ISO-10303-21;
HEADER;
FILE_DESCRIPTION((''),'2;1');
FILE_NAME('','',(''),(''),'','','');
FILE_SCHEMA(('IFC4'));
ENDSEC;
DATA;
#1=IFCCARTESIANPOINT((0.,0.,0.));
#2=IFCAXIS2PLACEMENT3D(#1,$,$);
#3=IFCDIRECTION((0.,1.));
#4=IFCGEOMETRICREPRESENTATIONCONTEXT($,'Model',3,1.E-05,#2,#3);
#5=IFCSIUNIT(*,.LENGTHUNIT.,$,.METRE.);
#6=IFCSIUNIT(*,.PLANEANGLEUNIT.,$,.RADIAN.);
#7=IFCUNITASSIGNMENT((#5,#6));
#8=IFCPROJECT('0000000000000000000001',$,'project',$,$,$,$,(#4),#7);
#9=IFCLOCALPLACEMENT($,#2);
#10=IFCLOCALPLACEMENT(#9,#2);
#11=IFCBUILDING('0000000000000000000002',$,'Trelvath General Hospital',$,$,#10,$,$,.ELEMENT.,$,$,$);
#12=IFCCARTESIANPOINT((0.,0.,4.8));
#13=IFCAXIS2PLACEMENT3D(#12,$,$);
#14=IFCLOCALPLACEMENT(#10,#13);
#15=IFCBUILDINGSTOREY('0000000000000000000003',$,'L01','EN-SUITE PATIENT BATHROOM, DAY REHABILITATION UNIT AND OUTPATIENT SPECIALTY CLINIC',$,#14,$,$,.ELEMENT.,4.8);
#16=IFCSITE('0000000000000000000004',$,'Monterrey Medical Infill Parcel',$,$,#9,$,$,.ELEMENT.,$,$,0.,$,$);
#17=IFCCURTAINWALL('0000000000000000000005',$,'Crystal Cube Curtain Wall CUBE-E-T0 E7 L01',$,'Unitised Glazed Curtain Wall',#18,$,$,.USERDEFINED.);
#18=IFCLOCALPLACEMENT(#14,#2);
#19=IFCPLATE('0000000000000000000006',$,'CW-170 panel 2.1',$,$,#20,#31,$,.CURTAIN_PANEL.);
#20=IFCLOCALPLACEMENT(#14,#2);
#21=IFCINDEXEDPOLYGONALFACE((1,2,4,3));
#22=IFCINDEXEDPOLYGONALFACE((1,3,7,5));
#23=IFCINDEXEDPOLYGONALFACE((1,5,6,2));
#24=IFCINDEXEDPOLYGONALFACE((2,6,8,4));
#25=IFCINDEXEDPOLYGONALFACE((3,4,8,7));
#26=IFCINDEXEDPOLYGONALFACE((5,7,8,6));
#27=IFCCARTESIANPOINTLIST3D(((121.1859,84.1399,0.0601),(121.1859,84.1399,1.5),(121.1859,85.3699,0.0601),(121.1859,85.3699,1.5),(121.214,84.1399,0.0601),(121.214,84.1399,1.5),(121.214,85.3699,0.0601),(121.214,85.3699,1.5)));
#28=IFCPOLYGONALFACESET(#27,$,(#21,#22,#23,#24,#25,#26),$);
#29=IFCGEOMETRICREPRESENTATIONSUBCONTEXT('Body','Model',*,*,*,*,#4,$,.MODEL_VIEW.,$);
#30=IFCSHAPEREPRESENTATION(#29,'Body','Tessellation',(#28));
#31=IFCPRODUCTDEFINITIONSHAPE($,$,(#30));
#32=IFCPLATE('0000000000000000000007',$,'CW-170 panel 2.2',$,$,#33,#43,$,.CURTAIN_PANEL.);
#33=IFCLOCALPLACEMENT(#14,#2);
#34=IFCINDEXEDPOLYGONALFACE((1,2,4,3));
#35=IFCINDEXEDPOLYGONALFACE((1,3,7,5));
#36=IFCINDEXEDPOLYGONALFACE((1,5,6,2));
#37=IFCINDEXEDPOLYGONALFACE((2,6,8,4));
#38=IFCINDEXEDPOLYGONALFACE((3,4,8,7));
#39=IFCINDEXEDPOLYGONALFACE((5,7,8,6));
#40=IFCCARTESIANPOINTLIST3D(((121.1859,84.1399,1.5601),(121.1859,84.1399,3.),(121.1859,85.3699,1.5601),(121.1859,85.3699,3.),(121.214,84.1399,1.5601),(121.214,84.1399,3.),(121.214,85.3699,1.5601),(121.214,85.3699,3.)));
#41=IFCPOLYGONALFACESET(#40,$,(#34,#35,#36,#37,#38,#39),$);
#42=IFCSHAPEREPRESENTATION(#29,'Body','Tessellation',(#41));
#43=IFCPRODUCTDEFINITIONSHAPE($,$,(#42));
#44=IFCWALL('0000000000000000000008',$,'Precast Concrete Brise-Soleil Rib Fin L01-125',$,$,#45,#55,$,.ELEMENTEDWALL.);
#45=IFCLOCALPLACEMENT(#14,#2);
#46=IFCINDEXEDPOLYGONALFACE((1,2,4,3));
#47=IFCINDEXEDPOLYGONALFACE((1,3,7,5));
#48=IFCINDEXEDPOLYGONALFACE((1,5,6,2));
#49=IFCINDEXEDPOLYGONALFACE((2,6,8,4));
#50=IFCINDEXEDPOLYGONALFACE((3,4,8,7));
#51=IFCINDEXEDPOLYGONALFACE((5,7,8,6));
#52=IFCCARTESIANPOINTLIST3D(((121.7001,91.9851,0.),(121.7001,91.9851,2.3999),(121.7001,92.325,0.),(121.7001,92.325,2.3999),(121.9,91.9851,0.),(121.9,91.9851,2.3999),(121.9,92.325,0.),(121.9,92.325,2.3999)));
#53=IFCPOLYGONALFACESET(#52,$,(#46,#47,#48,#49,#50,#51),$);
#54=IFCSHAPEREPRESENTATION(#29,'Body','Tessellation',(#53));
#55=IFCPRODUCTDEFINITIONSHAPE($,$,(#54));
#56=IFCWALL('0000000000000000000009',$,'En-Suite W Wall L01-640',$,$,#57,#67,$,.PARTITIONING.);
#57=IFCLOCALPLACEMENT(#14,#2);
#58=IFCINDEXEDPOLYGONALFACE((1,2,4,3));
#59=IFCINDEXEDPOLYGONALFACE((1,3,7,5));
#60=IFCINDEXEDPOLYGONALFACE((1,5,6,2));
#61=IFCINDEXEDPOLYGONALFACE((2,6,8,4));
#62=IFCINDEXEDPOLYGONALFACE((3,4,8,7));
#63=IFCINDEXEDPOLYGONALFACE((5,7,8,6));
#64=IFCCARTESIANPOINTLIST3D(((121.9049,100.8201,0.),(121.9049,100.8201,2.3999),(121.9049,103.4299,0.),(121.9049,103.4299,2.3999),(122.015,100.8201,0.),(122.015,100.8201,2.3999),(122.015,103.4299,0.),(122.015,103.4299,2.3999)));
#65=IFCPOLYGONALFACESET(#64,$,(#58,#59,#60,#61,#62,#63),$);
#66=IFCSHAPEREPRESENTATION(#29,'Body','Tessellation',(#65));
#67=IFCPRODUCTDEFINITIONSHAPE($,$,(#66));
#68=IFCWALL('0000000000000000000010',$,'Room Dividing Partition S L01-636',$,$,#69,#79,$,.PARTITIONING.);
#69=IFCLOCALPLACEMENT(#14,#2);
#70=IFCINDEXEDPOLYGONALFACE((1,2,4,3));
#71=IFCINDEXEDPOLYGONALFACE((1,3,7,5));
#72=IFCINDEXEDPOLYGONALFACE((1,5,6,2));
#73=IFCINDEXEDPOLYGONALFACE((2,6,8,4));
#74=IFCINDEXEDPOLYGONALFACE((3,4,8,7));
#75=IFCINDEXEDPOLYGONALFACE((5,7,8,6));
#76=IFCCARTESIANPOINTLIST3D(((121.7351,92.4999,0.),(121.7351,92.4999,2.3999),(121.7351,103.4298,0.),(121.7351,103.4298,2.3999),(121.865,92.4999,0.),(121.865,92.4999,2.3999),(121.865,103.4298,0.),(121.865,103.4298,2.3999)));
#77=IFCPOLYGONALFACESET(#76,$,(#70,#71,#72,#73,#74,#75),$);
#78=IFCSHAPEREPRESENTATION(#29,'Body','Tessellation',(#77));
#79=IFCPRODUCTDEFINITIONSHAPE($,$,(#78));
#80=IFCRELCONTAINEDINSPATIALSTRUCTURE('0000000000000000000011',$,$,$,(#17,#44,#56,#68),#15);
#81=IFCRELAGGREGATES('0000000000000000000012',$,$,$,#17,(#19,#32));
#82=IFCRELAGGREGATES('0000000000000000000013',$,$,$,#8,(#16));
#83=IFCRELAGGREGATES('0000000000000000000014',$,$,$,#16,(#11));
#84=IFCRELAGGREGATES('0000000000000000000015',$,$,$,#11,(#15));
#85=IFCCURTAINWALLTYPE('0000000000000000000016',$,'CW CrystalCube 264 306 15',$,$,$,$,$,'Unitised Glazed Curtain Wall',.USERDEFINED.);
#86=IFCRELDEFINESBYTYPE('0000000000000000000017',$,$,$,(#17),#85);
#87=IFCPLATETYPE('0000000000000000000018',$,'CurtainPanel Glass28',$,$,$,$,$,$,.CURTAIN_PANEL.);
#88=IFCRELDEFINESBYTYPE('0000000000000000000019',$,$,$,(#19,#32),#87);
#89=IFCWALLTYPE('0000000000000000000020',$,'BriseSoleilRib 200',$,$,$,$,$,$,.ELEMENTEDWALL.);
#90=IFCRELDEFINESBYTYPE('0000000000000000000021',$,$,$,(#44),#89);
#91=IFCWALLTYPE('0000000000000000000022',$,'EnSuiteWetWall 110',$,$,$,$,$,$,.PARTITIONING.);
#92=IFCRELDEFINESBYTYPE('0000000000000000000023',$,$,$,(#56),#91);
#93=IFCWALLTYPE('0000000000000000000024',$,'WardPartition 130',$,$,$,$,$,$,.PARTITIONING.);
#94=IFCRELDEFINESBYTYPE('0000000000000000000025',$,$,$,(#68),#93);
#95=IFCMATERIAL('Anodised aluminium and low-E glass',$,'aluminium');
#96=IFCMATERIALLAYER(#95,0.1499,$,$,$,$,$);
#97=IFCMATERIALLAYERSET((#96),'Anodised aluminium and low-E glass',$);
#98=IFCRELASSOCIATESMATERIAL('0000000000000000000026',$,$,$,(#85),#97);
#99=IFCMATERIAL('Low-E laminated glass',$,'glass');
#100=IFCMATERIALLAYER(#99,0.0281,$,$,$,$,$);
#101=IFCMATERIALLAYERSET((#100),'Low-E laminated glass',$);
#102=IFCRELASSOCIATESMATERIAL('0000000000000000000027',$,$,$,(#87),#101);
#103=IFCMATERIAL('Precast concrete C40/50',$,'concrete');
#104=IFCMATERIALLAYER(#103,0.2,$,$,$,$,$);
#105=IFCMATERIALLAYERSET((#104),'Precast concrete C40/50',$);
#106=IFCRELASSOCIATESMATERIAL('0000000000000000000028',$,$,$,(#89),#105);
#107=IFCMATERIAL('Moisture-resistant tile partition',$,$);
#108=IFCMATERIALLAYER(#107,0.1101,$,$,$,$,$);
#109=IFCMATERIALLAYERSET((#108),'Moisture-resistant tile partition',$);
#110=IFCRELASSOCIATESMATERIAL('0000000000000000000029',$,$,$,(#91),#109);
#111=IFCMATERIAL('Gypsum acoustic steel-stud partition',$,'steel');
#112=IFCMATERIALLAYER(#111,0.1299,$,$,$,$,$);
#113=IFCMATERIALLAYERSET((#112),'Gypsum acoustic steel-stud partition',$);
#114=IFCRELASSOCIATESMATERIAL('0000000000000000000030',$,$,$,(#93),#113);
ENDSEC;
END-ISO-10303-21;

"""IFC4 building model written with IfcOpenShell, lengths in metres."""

from ifc_helpers import new_model, si_unit, direction, frame, frame_2d, origin, origin_2d, place, context, subcontext, project, spatial, rectangle, extrude, material, layer, layer_set, type_object, element, aggregate, save


model = new_model("IFC4")

# Units and contexts
model_context = context("Model", 3, precision=1e-05, world=origin(), true_north=direction((0.0, 1.0)))
body_context = subcontext(model_context, "Body", "Model", "MODEL_VIEW")
ifc_project = project(units=[si_unit("LENGTHUNIT", "METRE"), si_unit("PLANEANGLEUNIT", "RADIAN")], contexts=[model_context])

# Site, building, storey
site_placement = place(None, origin())
site = spatial("IfcSite", under=ifc_project, at=site_placement, Name="Monterrey Medical Infill Parcel", CompositionType="ELEMENT", RefElevation=0.0)
building_placement = place(site_placement, origin())
building = spatial("IfcBuilding", under=site, at=building_placement, Name="Trelvath General Hospital", CompositionType="ELEMENT")
storey_placement = place(building_placement, frame((0.0, 0.0, 4.8)))
storey = spatial("IfcBuildingStorey", under=building, at=storey_placement, Name="L01", Description="EN-SUITE PATIENT BATHROOM, DAY REHABILITATION UNIT AND OUTPATIENT SPECIALTY CLINIC", CompositionType="ELEMENT", Elevation=4.8)

# Curtain wall, plates
ifc_material_1 = material(Name="Anodised aluminium and low-E glass", Category="aluminium")
ifc_layer_1 = layer(ifc_material_1, 0.1499)
ifc_layer_set_1 = layer_set([ifc_layer_1], Name="Anodised aluminium and low-E glass")
curtain_wall_type = type_object("IfcCurtainWallType", Name="CW CrystalCube 264 306 15", ElementType="Unitised Glazed Curtain Wall", PredefinedType="USERDEFINED", material=ifc_layer_set_1)
curtain_wall_placement = place(storey_placement, origin())
curtain_wall = element("IfcCurtainWall", 1, at=curtain_wall_placement, inside=storey, type_object=curtain_wall_type, Name="Crystal Cube Curtain Wall CUBE-E-T0 E7 L01", ObjectType="Unitised Glazed Curtain Wall", PredefinedType="USERDEFINED")
ifc_material_2 = material(Name="Low-E laminated glass", Category="glass")
ifc_layer_2 = layer(ifc_material_2, 0.0281)
ifc_layer_set_2 = layer_set([ifc_layer_2], Name="Low-E laminated glass")
plate_type = type_object("IfcPlateType", Name="CurtainPanel Glass28", PredefinedType="CURTAIN_PANEL", material=ifc_layer_set_2)
plate_1_placement = place(storey_placement, frame((121.2, 84.7549, 0.0601), z_axis=(0.0, 0.0, 1.0), x_axis=(0.0, -1.0, 0.0)))
plate_1 = element("IfcPlate", 2, at=plate_1_placement, type_object=plate_type, Name="CW-170 panel 2.1", PredefinedType="CURTAIN_PANEL", context=body_context, shape_type="SweptSolid", body=[
    extrude(rectangle(XDim=1.23, YDim=0.0281, at=origin_2d()), origin(), (0.0, 0.0, 1.0), 1.4399),
])
plate_2_placement = place(storey_placement, frame((121.2, 84.7549, 1.5601), z_axis=(0.0, 0.0, 1.0), x_axis=(0.0, -1.0, 0.0)))
plate_2 = element("IfcPlate", 3, at=plate_2_placement, type_object=plate_type, Name="CW-170 panel 2.2", PredefinedType="CURTAIN_PANEL", context=body_context, shape_type="SweptSolid", body=[
    extrude(rectangle(XDim=1.23, YDim=0.0281, at=origin_2d()), origin(), (0.0, 0.0, 1.0), 1.4399),
])
aggregate(curtain_wall, [plate_1, plate_2])

# Walls
ifc_material_3 = material(Name="Precast concrete C40/50", Category="concrete")
ifc_layer_3 = layer(ifc_material_3, 0.2)
ifc_layer_set_3 = layer_set([ifc_layer_3], Name="Precast concrete C40/50")
wall_type_1 = type_object("IfcWallType", Name="BriseSoleilRib 200", PredefinedType="ELEMENTEDWALL", material=ifc_layer_set_3)
wall_1_placement = place(storey_placement, frame((121.8, 92.325, 0.0), z_axis=(0.0, 0.0, 1.0), x_axis=(0.0, -1.0, 0.0)))
element("IfcWall", 4, at=wall_1_placement, inside=storey, type_object=wall_type_1, Name="Precast Concrete Brise-Soleil Rib Fin L01-125", PredefinedType="ELEMENTEDWALL", context=body_context, shape_type="SweptSolid", body=[
    extrude(rectangle(XDim=0.3398, YDim=0.2, at=frame_2d((0.1699, 0.0))), origin(), (0.0, 0.0, 1.0), 2.3999),
])
ifc_material_4 = material(Name="Moisture-resistant tile partition")
ifc_layer_4 = layer(ifc_material_4, 0.1101)
ifc_layer_set_4 = layer_set([ifc_layer_4], Name="Moisture-resistant tile partition")
wall_type_2 = type_object("IfcWallType", Name="EnSuiteWetWall 110", PredefinedType="PARTITIONING", material=ifc_layer_set_4)
wall_2_placement = place(storey_placement, frame((121.96, 100.8201, 0.0), z_axis=(0.0, 0.0, 1.0), x_axis=(0.0, 1.0, 0.0)))
element("IfcWall", 5, at=wall_2_placement, inside=storey, type_object=wall_type_2, Name="En-Suite W Wall L01-640", PredefinedType="PARTITIONING", context=body_context, shape_type="SweptSolid", body=[
    extrude(rectangle(XDim=2.6099, YDim=0.1101, at=frame_2d((1.3049, 0.0))), origin(), (0.0, 0.0, 1.0), 2.3999),
])
ifc_material_5 = material(Name="Gypsum acoustic steel-stud partition", Category="steel")
ifc_layer_5 = layer(ifc_material_5, 0.1299)
ifc_layer_set_5 = layer_set([ifc_layer_5], Name="Gypsum acoustic steel-stud partition")
wall_type_3 = type_object("IfcWallType", Name="WardPartition 130", PredefinedType="PARTITIONING", material=ifc_layer_set_5)
wall_3_placement = place(storey_placement, frame((121.8, 92.5, 0.0), z_axis=(0.0, 0.0, 1.0), x_axis=(0.0, 1.0, 0.0)))
element("IfcWall", 6, at=wall_3_placement, inside=storey, type_object=wall_type_3, Name="Room Dividing Partition S L01-636", PredefinedType="PARTITIONING", context=body_context, shape_type="SweptSolid", body=[
    extrude(rectangle(XDim=10.9299, YDim=0.1299, at=frame_2d((5.4648, 0.0))), origin(), (0.0, 0.0, 1.0), 2.3999),
])

save(model, "model.ifc")
